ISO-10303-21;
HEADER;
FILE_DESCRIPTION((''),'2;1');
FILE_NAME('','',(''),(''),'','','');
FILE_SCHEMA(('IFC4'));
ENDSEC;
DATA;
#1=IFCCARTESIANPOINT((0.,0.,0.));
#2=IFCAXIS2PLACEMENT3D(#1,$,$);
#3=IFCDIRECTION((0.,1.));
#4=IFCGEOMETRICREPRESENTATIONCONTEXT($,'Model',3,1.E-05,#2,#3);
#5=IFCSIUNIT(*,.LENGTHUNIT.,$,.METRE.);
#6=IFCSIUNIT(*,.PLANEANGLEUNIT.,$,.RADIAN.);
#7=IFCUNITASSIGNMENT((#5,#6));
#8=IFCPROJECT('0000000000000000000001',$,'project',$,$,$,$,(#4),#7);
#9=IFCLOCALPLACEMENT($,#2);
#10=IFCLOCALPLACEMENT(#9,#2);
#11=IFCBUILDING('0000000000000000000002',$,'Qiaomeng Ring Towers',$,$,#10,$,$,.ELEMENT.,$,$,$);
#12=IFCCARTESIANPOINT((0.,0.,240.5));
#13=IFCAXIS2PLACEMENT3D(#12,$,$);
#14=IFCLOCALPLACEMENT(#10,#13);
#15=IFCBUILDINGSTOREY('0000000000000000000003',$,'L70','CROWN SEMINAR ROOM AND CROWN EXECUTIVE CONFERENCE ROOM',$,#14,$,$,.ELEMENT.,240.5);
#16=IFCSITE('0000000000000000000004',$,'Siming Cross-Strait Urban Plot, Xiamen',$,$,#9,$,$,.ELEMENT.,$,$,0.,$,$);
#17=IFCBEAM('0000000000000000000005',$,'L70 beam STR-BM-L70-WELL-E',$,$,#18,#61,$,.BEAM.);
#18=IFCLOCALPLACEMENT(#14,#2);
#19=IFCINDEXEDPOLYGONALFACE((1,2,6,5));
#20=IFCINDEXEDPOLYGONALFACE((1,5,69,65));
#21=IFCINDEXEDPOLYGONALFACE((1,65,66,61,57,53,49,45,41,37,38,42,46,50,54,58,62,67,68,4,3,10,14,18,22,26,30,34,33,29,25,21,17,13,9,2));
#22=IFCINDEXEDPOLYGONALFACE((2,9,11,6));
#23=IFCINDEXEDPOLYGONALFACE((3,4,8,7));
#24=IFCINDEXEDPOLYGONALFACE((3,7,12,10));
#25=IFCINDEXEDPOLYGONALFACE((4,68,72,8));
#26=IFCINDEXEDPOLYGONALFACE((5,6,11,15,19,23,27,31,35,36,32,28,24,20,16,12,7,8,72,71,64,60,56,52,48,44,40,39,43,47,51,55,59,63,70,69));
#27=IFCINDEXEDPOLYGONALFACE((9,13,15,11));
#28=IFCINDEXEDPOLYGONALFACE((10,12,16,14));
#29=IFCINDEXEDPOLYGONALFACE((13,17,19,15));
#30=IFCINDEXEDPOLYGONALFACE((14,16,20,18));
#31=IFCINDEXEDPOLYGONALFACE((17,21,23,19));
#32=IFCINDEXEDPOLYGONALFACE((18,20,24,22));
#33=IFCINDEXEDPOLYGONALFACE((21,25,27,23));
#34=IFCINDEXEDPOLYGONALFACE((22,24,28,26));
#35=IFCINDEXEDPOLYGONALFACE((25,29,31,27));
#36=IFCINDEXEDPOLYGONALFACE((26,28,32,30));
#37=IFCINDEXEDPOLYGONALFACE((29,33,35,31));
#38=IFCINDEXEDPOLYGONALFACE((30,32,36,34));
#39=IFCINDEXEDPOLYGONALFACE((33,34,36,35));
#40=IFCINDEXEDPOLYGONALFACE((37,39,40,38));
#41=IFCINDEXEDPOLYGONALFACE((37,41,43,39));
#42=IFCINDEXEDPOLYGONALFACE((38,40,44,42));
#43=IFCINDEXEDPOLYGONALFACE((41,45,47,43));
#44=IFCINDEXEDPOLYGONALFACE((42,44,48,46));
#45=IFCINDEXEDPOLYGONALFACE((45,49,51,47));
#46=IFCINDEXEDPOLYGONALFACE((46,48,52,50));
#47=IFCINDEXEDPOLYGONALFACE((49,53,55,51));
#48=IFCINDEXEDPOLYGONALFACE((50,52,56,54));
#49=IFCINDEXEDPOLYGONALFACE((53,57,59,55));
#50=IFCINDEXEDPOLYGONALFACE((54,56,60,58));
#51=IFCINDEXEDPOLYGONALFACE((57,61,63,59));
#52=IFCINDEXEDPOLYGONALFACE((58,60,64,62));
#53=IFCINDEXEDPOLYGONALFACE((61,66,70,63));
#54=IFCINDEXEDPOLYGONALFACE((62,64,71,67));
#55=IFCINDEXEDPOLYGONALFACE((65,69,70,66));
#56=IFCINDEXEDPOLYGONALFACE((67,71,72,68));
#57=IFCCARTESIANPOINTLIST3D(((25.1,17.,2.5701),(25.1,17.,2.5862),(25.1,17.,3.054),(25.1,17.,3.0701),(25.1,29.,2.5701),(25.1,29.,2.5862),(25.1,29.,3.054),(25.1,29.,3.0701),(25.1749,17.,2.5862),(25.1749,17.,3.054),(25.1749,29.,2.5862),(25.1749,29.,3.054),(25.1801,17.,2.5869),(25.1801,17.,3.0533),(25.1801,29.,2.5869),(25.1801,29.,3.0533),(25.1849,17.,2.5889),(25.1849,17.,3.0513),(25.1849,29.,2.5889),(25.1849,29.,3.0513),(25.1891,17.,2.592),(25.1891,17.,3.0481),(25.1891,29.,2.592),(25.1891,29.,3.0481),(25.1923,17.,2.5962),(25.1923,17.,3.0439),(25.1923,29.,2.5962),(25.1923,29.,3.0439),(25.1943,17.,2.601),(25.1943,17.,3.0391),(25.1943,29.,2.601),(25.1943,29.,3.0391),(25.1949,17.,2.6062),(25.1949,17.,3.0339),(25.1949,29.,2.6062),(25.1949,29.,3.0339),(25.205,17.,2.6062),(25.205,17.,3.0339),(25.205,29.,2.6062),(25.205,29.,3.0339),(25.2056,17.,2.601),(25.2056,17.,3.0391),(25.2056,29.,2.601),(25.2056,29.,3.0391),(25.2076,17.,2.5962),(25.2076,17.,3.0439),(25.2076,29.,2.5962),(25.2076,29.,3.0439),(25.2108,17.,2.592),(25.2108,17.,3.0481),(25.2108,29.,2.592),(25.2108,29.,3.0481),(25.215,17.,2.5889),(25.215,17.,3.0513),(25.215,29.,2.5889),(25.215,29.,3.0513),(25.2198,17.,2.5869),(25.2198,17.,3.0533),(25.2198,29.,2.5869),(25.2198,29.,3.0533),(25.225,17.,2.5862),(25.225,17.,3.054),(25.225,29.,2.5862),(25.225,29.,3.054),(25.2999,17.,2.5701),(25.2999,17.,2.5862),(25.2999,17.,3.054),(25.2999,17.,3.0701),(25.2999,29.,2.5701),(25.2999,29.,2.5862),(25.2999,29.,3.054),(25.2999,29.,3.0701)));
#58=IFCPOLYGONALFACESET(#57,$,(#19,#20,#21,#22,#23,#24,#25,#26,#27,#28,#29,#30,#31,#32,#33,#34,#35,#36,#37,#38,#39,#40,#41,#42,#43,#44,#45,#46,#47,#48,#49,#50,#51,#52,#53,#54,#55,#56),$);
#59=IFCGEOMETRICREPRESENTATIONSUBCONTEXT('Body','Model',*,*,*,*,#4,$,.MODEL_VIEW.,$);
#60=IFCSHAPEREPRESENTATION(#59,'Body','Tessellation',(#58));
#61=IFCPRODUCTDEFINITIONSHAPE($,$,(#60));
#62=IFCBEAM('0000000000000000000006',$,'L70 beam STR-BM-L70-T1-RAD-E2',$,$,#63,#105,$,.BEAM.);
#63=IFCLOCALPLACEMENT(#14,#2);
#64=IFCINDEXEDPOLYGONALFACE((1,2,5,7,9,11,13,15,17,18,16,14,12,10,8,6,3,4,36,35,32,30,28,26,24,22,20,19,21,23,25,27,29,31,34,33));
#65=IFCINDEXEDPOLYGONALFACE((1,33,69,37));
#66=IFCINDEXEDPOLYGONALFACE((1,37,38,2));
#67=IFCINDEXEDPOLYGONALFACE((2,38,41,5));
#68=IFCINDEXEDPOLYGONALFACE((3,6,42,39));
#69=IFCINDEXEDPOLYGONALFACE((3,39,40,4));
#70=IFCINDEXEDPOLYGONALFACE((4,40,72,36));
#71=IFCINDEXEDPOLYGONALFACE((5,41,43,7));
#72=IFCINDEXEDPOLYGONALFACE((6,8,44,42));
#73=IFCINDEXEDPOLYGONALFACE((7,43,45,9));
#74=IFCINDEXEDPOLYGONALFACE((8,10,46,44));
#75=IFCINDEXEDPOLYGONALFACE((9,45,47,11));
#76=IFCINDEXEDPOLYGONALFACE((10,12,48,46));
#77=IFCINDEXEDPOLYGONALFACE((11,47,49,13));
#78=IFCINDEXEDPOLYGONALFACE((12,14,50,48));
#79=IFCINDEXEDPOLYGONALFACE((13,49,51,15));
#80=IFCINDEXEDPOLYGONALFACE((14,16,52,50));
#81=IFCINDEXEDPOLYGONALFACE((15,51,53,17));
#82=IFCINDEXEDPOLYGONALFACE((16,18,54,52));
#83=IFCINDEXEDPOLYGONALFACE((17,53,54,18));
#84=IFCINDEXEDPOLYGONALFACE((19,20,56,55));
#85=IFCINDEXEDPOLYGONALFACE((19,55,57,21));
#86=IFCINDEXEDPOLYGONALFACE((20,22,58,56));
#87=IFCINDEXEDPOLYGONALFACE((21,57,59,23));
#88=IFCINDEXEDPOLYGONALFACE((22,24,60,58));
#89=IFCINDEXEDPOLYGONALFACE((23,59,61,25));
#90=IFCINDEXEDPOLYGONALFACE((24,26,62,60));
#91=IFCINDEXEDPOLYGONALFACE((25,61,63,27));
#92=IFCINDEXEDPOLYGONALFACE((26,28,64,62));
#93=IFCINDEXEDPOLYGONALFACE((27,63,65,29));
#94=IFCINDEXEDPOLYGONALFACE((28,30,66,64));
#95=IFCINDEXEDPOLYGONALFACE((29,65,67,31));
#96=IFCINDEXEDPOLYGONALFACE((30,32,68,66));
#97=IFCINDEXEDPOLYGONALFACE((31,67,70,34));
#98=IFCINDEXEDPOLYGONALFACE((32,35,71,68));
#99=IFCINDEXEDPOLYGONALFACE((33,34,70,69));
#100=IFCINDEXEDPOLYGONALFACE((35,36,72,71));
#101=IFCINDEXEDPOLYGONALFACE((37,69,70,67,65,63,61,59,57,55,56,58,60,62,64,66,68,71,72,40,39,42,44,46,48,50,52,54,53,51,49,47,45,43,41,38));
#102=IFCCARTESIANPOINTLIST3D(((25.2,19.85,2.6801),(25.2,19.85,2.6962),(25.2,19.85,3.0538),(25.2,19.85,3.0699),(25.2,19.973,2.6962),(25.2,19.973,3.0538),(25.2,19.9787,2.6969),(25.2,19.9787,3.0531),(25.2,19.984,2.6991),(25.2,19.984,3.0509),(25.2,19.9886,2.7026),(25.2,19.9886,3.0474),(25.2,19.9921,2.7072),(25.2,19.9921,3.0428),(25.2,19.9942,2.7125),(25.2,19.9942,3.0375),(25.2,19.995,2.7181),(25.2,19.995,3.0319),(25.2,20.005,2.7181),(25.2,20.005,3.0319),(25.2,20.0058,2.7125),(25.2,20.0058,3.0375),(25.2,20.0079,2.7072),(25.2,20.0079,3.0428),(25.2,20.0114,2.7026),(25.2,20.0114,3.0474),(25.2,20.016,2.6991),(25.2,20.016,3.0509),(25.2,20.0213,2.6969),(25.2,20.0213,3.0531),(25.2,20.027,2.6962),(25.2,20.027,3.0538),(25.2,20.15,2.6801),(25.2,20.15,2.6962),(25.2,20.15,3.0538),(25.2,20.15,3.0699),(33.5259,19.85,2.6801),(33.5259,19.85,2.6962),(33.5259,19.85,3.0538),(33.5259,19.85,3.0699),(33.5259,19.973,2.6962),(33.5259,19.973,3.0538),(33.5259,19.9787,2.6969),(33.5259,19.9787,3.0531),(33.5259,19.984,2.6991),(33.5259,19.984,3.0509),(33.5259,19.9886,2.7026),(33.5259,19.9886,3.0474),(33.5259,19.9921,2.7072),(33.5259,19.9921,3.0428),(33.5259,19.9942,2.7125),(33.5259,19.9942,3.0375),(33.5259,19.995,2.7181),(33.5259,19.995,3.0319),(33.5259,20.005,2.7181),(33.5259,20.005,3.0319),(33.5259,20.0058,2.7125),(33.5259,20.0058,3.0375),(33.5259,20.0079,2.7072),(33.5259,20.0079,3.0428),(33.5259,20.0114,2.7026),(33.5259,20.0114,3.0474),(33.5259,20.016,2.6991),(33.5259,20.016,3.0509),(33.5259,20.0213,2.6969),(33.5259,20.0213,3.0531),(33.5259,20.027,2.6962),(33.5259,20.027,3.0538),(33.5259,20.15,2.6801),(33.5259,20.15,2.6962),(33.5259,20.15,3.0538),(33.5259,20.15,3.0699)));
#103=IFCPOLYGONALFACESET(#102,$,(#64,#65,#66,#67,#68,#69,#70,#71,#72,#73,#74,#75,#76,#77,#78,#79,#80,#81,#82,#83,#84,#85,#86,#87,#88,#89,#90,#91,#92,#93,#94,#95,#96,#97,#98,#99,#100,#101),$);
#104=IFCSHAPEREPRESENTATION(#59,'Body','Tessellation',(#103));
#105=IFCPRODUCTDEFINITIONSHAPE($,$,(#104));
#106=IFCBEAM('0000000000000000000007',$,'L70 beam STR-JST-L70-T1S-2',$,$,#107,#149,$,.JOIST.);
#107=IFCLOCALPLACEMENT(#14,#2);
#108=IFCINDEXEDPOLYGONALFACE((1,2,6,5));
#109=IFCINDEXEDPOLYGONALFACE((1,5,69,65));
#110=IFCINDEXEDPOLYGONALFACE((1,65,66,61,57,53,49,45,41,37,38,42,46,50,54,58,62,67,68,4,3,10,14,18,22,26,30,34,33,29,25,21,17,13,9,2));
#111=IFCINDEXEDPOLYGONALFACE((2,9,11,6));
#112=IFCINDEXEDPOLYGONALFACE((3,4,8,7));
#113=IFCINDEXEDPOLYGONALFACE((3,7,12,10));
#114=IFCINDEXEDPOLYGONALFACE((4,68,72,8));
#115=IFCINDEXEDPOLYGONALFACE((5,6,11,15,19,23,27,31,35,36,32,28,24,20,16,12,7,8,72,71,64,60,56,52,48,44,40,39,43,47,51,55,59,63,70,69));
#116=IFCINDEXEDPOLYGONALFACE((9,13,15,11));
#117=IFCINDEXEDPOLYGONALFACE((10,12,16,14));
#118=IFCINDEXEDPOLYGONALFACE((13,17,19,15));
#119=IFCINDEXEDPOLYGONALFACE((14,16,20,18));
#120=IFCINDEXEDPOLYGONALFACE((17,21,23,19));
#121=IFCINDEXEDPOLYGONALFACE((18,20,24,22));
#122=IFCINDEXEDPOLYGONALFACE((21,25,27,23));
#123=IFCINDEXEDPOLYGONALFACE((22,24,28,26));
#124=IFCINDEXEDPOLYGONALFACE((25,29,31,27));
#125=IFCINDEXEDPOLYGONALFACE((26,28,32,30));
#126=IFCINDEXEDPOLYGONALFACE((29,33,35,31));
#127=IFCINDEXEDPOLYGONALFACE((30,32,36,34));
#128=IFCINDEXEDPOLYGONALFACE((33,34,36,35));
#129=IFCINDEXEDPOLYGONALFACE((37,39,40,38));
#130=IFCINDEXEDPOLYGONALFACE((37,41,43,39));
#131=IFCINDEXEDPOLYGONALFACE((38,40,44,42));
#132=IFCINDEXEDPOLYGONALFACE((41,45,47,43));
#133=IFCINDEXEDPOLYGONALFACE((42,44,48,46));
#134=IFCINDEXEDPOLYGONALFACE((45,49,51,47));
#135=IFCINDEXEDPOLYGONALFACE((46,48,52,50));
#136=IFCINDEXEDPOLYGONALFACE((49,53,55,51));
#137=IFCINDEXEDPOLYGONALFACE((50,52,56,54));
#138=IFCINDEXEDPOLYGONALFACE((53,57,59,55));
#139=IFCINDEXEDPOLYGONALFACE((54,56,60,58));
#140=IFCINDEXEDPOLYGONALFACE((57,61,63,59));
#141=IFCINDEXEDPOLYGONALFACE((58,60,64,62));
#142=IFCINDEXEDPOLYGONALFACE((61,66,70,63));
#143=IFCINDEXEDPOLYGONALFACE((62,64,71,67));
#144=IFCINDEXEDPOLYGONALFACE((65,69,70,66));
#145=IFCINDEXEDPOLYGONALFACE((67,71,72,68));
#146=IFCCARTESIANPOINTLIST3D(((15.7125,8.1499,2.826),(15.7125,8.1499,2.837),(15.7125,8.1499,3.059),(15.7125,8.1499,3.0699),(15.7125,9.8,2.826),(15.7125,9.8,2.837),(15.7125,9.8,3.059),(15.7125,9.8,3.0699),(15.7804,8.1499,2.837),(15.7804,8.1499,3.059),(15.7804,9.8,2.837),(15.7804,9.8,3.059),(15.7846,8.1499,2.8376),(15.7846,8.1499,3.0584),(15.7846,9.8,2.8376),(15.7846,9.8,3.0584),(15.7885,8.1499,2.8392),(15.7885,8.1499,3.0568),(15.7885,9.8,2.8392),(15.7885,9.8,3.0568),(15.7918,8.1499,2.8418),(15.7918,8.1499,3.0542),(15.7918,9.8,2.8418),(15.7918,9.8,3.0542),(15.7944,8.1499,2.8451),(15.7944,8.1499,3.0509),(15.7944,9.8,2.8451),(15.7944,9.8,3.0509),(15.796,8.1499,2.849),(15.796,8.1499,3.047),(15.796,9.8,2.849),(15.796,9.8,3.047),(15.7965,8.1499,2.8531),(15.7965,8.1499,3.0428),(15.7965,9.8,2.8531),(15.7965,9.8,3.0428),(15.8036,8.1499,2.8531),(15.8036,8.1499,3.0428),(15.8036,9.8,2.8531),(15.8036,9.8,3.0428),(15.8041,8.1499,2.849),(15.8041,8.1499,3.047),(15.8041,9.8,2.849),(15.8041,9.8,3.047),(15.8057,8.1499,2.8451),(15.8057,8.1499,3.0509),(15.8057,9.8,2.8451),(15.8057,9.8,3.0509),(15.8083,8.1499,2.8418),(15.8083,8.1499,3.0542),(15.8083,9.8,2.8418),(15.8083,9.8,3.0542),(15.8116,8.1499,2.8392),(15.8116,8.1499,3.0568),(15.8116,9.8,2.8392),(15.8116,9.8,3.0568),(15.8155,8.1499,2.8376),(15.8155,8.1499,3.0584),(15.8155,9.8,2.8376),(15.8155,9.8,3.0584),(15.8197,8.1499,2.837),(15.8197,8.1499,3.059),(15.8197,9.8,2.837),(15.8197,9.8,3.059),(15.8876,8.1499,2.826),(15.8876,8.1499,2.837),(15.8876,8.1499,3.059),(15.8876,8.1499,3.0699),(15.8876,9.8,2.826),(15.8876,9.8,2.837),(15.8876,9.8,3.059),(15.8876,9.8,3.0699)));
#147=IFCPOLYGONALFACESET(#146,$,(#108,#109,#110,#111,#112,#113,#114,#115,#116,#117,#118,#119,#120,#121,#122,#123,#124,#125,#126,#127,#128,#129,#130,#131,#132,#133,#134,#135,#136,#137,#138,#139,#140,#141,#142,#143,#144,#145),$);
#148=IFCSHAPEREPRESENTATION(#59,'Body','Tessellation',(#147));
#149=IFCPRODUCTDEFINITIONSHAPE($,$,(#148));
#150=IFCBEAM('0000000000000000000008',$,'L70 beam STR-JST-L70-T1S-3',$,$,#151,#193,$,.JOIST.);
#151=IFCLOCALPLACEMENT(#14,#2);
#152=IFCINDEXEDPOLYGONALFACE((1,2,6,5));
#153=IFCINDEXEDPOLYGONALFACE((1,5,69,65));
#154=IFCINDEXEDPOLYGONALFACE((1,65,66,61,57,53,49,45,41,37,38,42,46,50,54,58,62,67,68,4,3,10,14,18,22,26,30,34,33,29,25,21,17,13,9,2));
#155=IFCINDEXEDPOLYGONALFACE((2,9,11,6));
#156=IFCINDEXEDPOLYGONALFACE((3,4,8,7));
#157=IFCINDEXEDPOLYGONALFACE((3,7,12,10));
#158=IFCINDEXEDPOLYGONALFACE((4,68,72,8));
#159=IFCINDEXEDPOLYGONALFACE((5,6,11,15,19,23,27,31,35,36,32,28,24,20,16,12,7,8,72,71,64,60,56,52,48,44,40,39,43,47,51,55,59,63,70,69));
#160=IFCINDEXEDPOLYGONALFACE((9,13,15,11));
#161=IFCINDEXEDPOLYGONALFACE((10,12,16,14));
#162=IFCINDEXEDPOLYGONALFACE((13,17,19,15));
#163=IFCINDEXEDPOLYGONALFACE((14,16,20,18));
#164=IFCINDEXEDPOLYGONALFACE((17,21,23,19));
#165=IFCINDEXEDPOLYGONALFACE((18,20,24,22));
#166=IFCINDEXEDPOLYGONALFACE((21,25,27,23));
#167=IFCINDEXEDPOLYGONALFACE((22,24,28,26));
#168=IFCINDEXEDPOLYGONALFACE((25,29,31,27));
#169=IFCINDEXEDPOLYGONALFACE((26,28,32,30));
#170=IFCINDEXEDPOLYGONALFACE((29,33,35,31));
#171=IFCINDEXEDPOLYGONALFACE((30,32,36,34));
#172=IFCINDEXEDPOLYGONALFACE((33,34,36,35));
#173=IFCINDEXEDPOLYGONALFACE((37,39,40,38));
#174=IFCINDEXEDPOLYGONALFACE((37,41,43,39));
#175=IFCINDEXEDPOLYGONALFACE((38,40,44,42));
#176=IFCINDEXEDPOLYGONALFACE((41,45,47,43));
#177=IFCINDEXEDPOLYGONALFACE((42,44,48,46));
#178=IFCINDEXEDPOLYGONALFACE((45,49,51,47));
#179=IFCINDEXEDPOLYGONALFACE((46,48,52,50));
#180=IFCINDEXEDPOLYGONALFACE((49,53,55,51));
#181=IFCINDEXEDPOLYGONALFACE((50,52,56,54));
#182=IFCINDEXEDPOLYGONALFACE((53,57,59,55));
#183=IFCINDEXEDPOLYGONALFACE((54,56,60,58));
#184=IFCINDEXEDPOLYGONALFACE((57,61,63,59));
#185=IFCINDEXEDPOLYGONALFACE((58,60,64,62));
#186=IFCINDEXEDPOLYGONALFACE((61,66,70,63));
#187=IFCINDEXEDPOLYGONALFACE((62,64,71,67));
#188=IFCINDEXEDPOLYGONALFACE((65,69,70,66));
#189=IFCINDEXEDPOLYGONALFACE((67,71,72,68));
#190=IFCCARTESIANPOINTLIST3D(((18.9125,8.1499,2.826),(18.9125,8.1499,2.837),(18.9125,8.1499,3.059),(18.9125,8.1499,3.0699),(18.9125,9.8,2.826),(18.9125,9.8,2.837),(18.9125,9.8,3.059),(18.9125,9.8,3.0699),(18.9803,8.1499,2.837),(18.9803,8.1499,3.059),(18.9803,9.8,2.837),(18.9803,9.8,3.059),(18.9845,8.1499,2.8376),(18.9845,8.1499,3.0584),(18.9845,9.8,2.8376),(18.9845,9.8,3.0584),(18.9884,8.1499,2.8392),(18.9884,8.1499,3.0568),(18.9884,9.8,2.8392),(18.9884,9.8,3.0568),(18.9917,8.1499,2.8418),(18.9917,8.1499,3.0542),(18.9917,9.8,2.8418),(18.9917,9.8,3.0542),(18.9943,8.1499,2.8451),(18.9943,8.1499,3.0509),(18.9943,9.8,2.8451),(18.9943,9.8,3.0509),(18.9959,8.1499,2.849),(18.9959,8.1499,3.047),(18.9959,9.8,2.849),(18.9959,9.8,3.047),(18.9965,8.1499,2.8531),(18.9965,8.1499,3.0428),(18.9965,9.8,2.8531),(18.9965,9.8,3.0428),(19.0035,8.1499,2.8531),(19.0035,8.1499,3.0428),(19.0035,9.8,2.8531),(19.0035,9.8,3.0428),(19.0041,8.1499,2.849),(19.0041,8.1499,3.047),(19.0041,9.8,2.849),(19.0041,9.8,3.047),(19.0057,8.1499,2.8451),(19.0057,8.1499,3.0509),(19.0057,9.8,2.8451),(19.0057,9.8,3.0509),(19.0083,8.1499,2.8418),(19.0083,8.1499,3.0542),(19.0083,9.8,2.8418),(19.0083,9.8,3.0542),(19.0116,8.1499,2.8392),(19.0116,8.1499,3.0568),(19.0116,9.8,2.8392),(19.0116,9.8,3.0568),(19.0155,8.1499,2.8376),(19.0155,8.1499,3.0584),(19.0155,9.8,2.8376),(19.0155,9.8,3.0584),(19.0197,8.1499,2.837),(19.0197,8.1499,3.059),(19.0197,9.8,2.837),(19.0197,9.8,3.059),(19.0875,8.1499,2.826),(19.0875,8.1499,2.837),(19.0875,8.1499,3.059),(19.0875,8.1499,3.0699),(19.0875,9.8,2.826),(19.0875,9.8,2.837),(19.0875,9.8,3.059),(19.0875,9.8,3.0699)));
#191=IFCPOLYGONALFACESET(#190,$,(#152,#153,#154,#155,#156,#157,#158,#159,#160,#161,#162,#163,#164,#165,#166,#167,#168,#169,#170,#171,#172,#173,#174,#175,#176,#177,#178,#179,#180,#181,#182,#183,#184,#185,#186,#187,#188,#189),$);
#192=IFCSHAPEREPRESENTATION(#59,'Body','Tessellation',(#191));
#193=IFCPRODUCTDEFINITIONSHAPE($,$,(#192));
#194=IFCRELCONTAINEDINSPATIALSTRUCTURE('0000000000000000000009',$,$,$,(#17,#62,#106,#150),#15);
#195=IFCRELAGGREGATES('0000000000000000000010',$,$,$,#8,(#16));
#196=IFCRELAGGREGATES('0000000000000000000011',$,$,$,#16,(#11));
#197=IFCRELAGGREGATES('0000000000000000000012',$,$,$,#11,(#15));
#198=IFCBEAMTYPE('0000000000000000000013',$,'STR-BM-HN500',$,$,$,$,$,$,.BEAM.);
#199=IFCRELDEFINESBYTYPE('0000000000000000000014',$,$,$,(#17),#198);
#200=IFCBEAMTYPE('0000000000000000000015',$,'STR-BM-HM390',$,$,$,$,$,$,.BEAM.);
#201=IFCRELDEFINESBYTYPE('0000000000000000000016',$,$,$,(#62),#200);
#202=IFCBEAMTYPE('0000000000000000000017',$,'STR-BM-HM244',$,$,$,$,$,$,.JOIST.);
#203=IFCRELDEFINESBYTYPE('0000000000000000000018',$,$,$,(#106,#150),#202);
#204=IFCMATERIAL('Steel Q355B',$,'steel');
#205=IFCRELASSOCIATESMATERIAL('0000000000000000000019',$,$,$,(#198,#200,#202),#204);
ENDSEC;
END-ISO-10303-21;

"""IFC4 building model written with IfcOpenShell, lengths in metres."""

from ifc_helpers import new_model, si_unit, direction, frame, origin, origin_2d, place, context, subcontext, project, spatial, i_section, extrude, source, transform, mapped, material, material_profile, profile_set, type_object, element, save


model = new_model("IFC4")

# Units and contexts
model_context = context("Model", 3, precision=1e-05, world=origin(), true_north=direction((0.0, 1.0)))
body_context = subcontext(model_context, "Body", "Model", "MODEL_VIEW")
ifc_project = project(units=[si_unit("LENGTHUNIT", "METRE"), si_unit("PLANEANGLEUNIT", "RADIAN")], contexts=[model_context])

# Site, building, storey
site_placement = place(None, origin())
site = spatial("IfcSite", under=ifc_project, at=site_placement, Name="Siming Cross-Strait Urban Plot, Xiamen", CompositionType="ELEMENT", RefElevation=0.0)
building_placement = place(site_placement, origin())
building = spatial("IfcBuilding", under=site, at=building_placement, Name="Qiaomeng Ring Towers", CompositionType="ELEMENT")
storey_placement = place(building_placement, frame((0.0, 0.0, 240.5)))
storey = spatial("IfcBuildingStorey", under=building, at=storey_placement, Name="L70", Description="CROWN SEMINAR ROOM AND CROWN EXECUTIVE CONFERENCE ROOM", CompositionType="ELEMENT", Elevation=240.5)

# Beams
ifc_material_1 = material(Name="Steel Q355B", Category="steel")
ifc_material_profile_1 = material_profile(ifc_material_1, i_section(OverallWidth=0.2, OverallDepth=0.5, WebThickness=0.01, FlangeThickness=0.0161, FilletRadius=0.02, at=origin_2d()), Name="HN 500x200x10x16")
ifc_profile_set_1 = profile_set([ifc_material_profile_1], Name="Steel Q355B")
beam_type_1 = type_object("IfcBeamType", Name="STR-BM-HN500", PredefinedType="BEAM", material=ifc_profile_set_1)
shared_shape_1 = source(origin(), body_context, "Body", "SweptSolid", [
    extrude(i_section(OverallWidth=0.2, OverallDepth=0.5, WebThickness=0.01, FlangeThickness=0.0161, FilletRadius=0.02, at=origin_2d()), origin(), (0.0, 0.0, 1.0), 12.0),
])
beam_1_placement = place(storey_placement, frame((25.2, 17.0, 2.8201), z_axis=(0.0, 1.0, 0.0), x_axis=(-1.0, 0.0, 0.0)))
element("IfcBeam", 1, at=beam_1_placement, inside=storey, type_object=beam_type_1, Name="L70 beam STR-BM-L70-WELL-E", PredefinedType="BEAM", context=body_context, shape_type="MappedRepresentation", body=[
    mapped(shared_shape_1, transform((0.0, 0.0, 0.0), x_axis=(1.0, 0.0, 0.0), y_axis=(0.0, 1.0, 0.0), z_axis=(0.0, 0.0, 1.0), scale=1.0)),
])
ifc_material_profile_2 = material_profile(ifc_material_1, i_section(OverallWidth=0.3, OverallDepth=0.3899, WebThickness=0.01, FlangeThickness=0.0161, FilletRadius=0.022, at=origin_2d()), Name="HM 390x300x10x16")
ifc_profile_set_2 = profile_set([ifc_material_profile_2], Name="Steel Q355B")
beam_type_2 = type_object("IfcBeamType", Name="STR-BM-HM390", PredefinedType="BEAM", material=ifc_profile_set_2)
shared_shape_2 = source(origin(), body_context, "Body", "SweptSolid", [
    extrude(i_section(OverallWidth=0.3, OverallDepth=0.3899, WebThickness=0.01, FlangeThickness=0.0161, FilletRadius=0.022, at=origin_2d()), origin(), (0.0, 0.0, 1.0), 8.3259),
])
beam_2_placement = place(storey_placement, frame((25.2, 20.0, 2.875), z_axis=(1.0, 0.0, 0.0), x_axis=(0.0, 1.0, 0.0)))
element("IfcBeam", 2, at=beam_2_placement, inside=storey, type_object=beam_type_2, Name="L70 beam STR-BM-L70-T1-RAD-E2", PredefinedType="BEAM", context=body_context, shape_type="MappedRepresentation", body=[
    mapped(shared_shape_2, transform((0.0, 0.0, 0.0), x_axis=(1.0, 0.0, 0.0), y_axis=(0.0, 1.0, 0.0), z_axis=(0.0, 0.0, 1.0), scale=1.0)),
])
ifc_material_profile_3 = material_profile(ifc_material_1, i_section(OverallWidth=0.175, OverallDepth=0.2439, WebThickness=0.0071, FlangeThickness=0.011, FilletRadius=0.0161, at=origin_2d()), Name="HM 244x175x7x11")
ifc_profile_set_3 = profile_set([ifc_material_profile_3], Name="Steel Q355B")
beam_type_3 = type_object("IfcBeamType", Name="STR-BM-HM244", PredefinedType="JOIST", material=ifc_profile_set_3)
shared_shape_3 = source(origin(), body_context, "Body", "SweptSolid", [
    extrude(i_section(OverallWidth=0.175, OverallDepth=0.2439, WebThickness=0.0071, FlangeThickness=0.011, FilletRadius=0.0161, at=origin_2d()), origin(), (0.0, 0.0, 1.0), 1.6501),
])
for number, where, z_axis, x_axis, name in (
    (3, (15.8, 8.1499, 2.948), (0.0, 1.0, 0.0), (-1.0, 0.0, 0.0), "L70 beam STR-JST-L70-T1S-2"),
    (4, (19.0, 8.1499, 2.948), (0.0, 1.0, 0.0), (-1.0, 0.0, 0.0), "L70 beam STR-JST-L70-T1S-3"),
):
    element("IfcBeam", number, at=place(storey_placement, frame(where, z_axis=z_axis, x_axis=x_axis)), inside=storey, type_object=beam_type_3, Name=name, PredefinedType="JOIST", context=body_context, shape_type="MappedRepresentation", body=[
        mapped(shared_shape_3, transform((0.0, 0.0, 0.0), x_axis=(1.0, 0.0, 0.0), y_axis=(0.0, 1.0, 0.0), z_axis=(0.0, 0.0, 1.0), scale=1.0)),
    ])

save(model, "model.ifc")
